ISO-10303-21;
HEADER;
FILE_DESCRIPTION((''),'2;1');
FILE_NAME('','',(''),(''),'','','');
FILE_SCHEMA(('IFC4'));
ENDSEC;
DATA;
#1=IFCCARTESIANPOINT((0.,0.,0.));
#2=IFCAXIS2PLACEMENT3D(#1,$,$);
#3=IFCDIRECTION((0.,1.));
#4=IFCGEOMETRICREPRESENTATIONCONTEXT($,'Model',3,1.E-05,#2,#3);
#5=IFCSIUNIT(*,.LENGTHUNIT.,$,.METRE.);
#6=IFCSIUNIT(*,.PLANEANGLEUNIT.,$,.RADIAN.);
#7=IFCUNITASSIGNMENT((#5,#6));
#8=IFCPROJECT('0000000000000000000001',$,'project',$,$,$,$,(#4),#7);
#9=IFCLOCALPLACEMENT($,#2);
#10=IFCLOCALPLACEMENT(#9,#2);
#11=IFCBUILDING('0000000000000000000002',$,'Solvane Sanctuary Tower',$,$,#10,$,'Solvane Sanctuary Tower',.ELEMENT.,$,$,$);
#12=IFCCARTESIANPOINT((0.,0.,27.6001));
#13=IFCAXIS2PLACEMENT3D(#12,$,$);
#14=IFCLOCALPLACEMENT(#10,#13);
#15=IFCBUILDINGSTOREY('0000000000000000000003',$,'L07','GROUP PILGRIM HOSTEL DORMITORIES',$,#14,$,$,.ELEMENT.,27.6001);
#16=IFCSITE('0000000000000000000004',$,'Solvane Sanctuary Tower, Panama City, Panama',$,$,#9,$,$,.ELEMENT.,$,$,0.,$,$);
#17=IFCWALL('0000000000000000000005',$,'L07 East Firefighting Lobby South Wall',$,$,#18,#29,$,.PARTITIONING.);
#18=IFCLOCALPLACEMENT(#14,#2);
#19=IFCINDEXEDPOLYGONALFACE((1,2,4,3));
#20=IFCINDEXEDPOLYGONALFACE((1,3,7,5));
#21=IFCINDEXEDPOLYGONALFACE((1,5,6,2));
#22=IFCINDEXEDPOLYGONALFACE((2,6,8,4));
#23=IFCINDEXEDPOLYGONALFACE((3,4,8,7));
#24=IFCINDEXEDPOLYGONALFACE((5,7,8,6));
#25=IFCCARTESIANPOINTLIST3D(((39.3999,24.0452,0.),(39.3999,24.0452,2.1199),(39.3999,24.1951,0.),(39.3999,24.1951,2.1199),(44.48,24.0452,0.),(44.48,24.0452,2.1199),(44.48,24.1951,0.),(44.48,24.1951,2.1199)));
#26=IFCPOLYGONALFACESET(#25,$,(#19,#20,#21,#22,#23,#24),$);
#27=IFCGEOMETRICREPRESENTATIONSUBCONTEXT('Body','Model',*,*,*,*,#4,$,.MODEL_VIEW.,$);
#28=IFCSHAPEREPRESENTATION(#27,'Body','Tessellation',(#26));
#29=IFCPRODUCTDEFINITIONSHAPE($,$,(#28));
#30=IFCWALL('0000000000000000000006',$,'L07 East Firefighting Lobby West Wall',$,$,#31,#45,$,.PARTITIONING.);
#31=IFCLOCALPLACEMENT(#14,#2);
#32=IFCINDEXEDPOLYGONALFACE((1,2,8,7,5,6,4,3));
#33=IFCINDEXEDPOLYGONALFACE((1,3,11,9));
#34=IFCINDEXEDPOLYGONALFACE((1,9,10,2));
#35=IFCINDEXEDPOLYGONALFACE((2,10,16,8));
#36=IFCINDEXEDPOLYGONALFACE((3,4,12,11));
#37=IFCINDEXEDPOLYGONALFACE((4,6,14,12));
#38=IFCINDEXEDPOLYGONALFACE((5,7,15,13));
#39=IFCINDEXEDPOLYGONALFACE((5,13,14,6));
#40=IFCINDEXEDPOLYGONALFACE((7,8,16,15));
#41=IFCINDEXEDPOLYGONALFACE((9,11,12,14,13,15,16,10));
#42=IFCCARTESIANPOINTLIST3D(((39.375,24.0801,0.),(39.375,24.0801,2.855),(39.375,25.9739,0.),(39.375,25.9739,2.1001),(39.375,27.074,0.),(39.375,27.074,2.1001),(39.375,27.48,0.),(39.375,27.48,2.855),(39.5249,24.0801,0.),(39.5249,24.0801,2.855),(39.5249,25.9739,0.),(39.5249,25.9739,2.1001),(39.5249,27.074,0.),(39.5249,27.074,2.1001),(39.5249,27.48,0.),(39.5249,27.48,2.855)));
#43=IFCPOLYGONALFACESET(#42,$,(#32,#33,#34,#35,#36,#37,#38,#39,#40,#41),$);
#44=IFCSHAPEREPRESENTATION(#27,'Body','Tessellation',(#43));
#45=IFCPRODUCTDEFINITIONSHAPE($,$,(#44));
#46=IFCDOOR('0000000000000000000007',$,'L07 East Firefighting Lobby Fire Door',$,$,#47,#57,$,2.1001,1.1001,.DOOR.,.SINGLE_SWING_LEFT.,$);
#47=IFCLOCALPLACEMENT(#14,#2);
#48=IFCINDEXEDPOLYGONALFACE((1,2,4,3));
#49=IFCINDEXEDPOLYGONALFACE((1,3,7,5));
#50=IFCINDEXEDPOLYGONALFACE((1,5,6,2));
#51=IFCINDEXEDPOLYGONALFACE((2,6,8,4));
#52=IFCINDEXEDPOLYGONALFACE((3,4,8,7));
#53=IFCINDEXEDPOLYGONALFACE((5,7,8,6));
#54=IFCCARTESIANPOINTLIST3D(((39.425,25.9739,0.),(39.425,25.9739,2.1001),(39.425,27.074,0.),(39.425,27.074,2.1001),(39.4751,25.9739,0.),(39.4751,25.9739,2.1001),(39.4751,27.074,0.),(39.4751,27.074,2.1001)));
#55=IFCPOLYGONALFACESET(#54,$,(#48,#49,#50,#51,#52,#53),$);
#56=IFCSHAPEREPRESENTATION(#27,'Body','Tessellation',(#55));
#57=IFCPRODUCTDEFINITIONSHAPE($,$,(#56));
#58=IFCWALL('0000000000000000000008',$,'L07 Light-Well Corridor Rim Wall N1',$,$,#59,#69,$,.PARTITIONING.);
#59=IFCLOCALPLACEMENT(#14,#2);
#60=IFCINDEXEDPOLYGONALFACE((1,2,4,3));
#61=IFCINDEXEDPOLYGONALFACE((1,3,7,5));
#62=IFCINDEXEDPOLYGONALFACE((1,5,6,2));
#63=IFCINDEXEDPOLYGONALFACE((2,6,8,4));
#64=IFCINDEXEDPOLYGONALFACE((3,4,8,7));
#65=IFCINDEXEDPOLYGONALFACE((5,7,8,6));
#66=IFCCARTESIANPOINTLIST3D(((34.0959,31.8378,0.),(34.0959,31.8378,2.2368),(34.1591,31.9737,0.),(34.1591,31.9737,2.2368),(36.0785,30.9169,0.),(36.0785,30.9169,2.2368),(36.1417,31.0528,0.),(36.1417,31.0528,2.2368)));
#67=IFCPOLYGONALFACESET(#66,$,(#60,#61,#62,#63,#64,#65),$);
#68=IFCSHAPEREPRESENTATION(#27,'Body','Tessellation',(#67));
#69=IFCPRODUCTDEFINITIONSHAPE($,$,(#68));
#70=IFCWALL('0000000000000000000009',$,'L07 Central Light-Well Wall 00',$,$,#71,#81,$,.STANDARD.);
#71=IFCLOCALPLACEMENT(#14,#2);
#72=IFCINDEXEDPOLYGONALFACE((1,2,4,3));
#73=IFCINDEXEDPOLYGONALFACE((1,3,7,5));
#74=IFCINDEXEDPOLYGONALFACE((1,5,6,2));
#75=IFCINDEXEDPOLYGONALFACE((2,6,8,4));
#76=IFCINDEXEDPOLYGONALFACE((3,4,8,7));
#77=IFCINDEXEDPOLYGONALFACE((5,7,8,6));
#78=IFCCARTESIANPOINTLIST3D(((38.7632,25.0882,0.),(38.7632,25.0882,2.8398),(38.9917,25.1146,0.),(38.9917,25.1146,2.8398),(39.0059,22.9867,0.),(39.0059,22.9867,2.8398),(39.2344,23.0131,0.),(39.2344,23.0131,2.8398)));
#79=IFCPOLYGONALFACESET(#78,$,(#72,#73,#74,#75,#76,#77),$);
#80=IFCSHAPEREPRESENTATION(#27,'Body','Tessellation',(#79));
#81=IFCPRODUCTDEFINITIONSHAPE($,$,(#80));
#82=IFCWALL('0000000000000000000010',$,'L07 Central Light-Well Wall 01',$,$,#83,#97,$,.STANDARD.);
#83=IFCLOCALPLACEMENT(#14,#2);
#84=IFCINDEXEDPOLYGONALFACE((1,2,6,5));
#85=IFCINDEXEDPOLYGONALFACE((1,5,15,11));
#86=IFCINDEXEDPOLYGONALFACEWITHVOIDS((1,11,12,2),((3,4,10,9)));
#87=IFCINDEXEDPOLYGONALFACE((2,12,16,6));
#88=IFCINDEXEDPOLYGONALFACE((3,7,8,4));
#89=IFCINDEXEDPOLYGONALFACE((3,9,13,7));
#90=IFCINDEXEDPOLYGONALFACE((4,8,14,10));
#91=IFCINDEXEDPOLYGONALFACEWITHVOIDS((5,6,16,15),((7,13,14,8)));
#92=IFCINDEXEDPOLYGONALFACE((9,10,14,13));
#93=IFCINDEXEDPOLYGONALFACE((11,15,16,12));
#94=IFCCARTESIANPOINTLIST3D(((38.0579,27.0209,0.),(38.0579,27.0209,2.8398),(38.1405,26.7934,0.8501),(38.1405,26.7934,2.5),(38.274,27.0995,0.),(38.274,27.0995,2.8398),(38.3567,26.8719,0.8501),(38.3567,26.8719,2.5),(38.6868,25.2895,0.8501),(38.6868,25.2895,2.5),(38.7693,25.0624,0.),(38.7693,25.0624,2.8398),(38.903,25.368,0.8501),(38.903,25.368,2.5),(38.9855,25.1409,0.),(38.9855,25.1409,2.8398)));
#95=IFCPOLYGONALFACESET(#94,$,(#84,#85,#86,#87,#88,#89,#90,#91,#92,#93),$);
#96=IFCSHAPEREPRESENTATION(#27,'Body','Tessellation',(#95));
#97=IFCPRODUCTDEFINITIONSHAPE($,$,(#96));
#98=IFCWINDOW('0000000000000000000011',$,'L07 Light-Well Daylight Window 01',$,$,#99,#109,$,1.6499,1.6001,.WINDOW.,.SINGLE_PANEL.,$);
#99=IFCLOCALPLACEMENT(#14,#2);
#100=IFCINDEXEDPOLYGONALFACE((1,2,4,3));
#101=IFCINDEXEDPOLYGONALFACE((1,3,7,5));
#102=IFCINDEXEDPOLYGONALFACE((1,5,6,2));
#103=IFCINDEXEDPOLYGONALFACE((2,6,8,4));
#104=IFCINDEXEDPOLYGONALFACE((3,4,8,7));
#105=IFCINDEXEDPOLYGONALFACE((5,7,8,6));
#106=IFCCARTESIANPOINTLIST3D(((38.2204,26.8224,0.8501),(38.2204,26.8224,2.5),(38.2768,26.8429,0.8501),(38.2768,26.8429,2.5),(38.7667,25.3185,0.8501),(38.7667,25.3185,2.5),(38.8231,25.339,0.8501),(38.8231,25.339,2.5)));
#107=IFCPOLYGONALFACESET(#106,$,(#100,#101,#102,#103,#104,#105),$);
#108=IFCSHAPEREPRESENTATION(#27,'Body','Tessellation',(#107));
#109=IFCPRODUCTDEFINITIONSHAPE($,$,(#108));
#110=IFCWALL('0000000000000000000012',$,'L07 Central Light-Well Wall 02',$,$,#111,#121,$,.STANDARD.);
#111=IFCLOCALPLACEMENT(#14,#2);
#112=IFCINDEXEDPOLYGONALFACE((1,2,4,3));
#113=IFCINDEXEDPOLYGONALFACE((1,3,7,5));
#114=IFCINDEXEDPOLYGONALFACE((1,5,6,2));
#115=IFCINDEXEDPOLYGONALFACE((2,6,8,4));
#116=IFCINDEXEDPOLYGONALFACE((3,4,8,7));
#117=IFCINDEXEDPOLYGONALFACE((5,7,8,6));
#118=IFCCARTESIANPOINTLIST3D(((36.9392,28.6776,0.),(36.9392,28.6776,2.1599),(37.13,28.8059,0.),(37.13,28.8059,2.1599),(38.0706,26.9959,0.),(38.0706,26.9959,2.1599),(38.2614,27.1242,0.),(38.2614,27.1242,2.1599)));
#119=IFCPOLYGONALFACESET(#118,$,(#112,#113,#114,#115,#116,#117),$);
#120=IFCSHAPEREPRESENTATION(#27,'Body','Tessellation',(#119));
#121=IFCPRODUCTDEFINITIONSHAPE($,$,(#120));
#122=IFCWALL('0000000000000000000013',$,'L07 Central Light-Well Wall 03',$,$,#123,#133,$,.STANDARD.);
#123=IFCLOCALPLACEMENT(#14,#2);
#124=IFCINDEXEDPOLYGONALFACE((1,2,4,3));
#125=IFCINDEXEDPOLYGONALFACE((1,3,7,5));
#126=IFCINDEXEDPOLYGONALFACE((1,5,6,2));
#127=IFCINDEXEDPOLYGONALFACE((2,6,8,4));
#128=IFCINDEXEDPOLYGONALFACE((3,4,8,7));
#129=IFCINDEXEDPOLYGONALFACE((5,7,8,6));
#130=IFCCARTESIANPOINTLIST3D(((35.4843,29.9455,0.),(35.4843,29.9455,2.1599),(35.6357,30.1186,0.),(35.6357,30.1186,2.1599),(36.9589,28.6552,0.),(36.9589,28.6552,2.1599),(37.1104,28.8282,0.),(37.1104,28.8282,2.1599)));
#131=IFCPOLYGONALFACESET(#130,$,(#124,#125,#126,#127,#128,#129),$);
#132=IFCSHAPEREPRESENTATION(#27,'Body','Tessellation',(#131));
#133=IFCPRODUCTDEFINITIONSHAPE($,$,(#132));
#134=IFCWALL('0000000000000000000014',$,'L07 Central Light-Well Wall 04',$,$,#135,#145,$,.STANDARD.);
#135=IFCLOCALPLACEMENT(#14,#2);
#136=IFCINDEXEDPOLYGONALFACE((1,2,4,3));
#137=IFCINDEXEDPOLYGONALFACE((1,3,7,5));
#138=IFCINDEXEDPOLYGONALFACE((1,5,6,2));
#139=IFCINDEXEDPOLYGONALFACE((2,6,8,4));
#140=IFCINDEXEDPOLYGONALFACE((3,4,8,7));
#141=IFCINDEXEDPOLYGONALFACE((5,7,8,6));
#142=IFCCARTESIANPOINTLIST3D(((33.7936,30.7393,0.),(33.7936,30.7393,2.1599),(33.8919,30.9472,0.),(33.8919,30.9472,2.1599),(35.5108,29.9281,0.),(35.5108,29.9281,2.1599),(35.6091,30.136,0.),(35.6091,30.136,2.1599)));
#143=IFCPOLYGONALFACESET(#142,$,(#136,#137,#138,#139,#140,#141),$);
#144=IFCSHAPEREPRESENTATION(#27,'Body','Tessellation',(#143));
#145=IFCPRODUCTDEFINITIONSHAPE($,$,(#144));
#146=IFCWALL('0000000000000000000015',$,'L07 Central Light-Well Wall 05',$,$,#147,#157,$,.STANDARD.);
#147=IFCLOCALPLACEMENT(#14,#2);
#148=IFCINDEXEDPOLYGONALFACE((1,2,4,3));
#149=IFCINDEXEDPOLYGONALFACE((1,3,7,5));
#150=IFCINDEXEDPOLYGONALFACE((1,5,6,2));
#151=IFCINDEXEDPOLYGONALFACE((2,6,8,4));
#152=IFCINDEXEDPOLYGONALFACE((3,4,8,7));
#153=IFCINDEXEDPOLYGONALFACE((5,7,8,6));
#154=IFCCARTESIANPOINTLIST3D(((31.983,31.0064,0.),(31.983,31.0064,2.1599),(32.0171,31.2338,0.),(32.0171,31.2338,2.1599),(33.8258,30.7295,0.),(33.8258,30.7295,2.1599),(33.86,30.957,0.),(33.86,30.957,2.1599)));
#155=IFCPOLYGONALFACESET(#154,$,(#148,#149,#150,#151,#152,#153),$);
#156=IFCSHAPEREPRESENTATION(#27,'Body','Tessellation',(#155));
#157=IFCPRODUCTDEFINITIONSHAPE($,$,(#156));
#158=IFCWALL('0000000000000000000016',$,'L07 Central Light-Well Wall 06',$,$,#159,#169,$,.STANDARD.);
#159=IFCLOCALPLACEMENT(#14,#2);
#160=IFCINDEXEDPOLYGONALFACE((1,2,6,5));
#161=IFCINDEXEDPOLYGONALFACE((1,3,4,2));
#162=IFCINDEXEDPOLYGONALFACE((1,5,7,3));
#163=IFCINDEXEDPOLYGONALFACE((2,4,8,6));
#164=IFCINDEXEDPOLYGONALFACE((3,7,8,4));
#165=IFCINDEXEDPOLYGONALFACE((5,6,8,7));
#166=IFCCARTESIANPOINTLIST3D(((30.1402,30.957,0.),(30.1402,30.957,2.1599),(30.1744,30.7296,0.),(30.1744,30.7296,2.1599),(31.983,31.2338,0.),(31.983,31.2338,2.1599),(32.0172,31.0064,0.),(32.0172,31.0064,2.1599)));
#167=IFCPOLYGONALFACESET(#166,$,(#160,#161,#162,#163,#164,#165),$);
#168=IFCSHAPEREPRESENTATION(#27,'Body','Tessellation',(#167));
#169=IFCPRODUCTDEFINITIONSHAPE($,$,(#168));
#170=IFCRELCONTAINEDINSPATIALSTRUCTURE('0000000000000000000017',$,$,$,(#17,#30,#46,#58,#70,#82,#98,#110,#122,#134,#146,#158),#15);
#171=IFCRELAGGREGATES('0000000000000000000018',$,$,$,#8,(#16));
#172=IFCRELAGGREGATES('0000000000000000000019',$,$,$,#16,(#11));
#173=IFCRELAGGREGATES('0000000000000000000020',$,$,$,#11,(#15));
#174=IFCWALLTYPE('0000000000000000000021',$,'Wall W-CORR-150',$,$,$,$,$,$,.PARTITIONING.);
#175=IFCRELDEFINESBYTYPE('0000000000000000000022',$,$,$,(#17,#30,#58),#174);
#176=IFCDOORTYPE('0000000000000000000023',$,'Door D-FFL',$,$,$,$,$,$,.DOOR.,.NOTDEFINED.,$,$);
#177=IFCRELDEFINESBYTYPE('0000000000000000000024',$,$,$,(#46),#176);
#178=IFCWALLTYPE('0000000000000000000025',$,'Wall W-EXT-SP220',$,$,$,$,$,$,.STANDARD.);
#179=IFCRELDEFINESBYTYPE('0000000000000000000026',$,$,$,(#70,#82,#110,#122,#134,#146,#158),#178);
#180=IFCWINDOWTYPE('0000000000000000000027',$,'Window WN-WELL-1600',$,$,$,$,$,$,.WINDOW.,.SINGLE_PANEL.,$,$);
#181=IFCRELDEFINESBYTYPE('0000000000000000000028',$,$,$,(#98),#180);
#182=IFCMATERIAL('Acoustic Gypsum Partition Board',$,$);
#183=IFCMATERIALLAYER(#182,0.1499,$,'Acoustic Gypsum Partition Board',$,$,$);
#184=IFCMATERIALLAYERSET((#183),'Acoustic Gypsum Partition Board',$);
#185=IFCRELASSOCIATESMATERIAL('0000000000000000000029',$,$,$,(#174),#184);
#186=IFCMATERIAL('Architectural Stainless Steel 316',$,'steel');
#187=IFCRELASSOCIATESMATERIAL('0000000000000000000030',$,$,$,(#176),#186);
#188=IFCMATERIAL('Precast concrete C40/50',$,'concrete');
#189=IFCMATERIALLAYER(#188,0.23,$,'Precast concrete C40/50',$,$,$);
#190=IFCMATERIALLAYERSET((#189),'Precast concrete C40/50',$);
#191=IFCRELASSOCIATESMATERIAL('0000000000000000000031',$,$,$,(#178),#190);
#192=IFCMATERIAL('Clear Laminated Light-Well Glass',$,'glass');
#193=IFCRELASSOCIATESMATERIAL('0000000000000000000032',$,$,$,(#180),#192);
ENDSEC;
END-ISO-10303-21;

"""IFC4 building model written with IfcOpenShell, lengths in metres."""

from ifc_helpers import new_model, si_unit, direction, frame, frame_2d, origin, place, context, subcontext, project, spatial, rectangle, extrude, material, layer, layer_set, type_object, element, fill, save


model = new_model("IFC4")

# Units and contexts
model_context = context("Model", 3, precision=1e-05, world=origin(), true_north=direction((0.0, 1.0)))
body_context = subcontext(model_context, "Body", "Model", "MODEL_VIEW")
ifc_project = project(units=[si_unit("LENGTHUNIT", "METRE"), si_unit("PLANEANGLEUNIT", "RADIAN")], contexts=[model_context])

# Site, building, storey
site_placement = place(None, origin())
site = spatial("IfcSite", under=ifc_project, at=site_placement, Name="Solvane Sanctuary Tower, Panama City, Panama", CompositionType="ELEMENT", RefElevation=0.0)
building_placement = place(site_placement, origin())
building = spatial("IfcBuilding", under=site, at=building_placement, Name="Solvane Sanctuary Tower", LongName="Solvane Sanctuary Tower", CompositionType="ELEMENT")
storey_placement = place(building_placement, frame((0.0, 0.0, 27.6001)))
storey = spatial("IfcBuildingStorey", under=building, at=storey_placement, Name="L07", Description="GROUP PILGRIM HOSTEL DORMITORIES", CompositionType="ELEMENT", Elevation=27.6001)

# Wall
ifc_material_1 = material(Name="Acoustic Gypsum Partition Board")
ifc_layer_1 = layer(ifc_material_1, 0.1499, Name="Acoustic Gypsum Partition Board")
ifc_layer_set_1 = layer_set([ifc_layer_1], Name="Acoustic Gypsum Partition Board")
wall_type_1 = type_object("IfcWallType", Name="Wall W-CORR-150", PredefinedType="PARTITIONING", material=ifc_layer_set_1)
wall_1_placement = place(storey_placement, frame((39.3999, 24.1201, 0.0), z_axis=(0.0, 0.0, 1.0), x_axis=(1.0, 0.0, 0.0)))
element("IfcWall", 1, at=wall_1_placement, inside=storey, type_object=wall_type_1, Name="L07 East Firefighting Lobby South Wall", PredefinedType="PARTITIONING", context=body_context, shape_type="SweptSolid", body=[
    extrude(rectangle(XDim=5.0801, YDim=0.1499, at=frame_2d((2.54, 0.0))), origin(), (0.0, 0.0, 1.0), 2.1199),
])

# Wall, opening, door
wall_2_placement = place(storey_placement, frame((39.45, 24.0801, 0.0), z_axis=(0.0, 0.0, 1.0), x_axis=(0.0, 1.0, 0.0)))
wall_2 = element("IfcWall", 2, at=wall_2_placement, inside=storey, type_object=wall_type_1, Name="L07 East Firefighting Lobby West Wall", PredefinedType="PARTITIONING", context=body_context, shape_type="SweptSolid", body=[
    extrude(rectangle(XDim=3.3999, YDim=0.1499, at=frame_2d((1.7, 0.0))), origin(), (0.0, 0.0, 1.0), 2.855),
])
opening_1_placement = place(wall_2_placement, frame((1.8938, 0.0, 0.0)))
opening_1 = element("IfcOpeningElement", 3, at=opening_1_placement, cuts=wall_2, PredefinedType="OPENING", context=body_context, shape_type="SweptSolid", body=[
    extrude(rectangle(XDim=1.1001, YDim=2.1001, at=frame_2d((0.55, 1.05))), frame((0.0, 0.085, 0.0), z_axis=(0.0, -1.0, 0.0), x_axis=(1.0, 0.0, 0.0)), (0.0, 0.0, 1.0), 0.1699),
])
ifc_material_2 = material(Name="Architectural Stainless Steel 316", Category="steel")
door_type = type_object("IfcDoorType", Name="Door D-FFL", OperationType="NOTDEFINED", PredefinedType="DOOR", material=ifc_material_2)
door_placement = place(opening_1_placement, origin())
door = element("IfcDoor", 4, at=door_placement, inside=storey, type_object=door_type, Name="L07 East Firefighting Lobby Fire Door", OperationType="SINGLE_SWING_LEFT", OverallHeight=2.1001, OverallWidth=1.1001, PredefinedType="DOOR", context=body_context, shape_type="SweptSolid", body=[
    extrude(rectangle(XDim=1.1001, YDim=2.1001, at=frame_2d((0.55, 1.05))), frame((0.0, 0.0249, 0.0), z_axis=(0.0, -1.0, 0.0), x_axis=(1.0, 0.0, 0.0)), (0.0, 0.0, 1.0), 0.05),
])
fill(opening_1, door)

# Walls
wall_3_placement = place(storey_placement, frame((36.1101, 30.9849, 0.0), z_axis=(0.0, 0.0, 1.0), x_axis=(-0.906943, 0.421252, 0.0)))
element("IfcWall", 5, at=wall_3_placement, inside=storey, type_object=wall_type_1, Name="L07 Light-Well Corridor Rim Wall N1", PredefinedType="PARTITIONING", context=body_context, shape_type="SweptSolid", body=[
    extrude(rectangle(XDim=2.186, YDim=0.1499, at=frame_2d((1.093, 0.0))), origin(), (0.0, 0.0, 1.0), 2.2368),
])
ifc_material_3 = material(Name="Precast concrete C40/50", Category="concrete")
ifc_layer_2 = layer(ifc_material_3, 0.23, Name="Precast concrete C40/50")
ifc_layer_set_2 = layer_set([ifc_layer_2], Name="Precast concrete C40/50")
wall_type_2 = type_object("IfcWallType", Name="Wall W-EXT-SP220", PredefinedType="STANDARD", material=ifc_layer_set_2)
wall_4_placement = place(storey_placement, frame((39.1201, 23.0, 0.0), z_axis=(0.0, 0.0, 1.0), x_axis=(-0.114712, 0.993399, 0.0)))
element("IfcWall", 6, at=wall_4_placement, inside=storey, type_object=wall_type_2, Name="L07 Central Light-Well Wall 00", PredefinedType="STANDARD", context=body_context, shape_type="SweptSolid", body=[
    extrude(rectangle(XDim=2.1155, YDim=0.23, at=frame_2d((1.0576, 0.0))), origin(), (0.0, 0.0, 1.0), 2.8398),
])

# Wall, opening, window
wall_5_placement = place(storey_placement, frame((38.8774, 25.1016, 0.0), z_axis=(0.0, 0.0, 1.0), x_axis=(-0.341423, 0.93991, 0.0)))
wall_5 = element("IfcWall", 7, at=wall_5_placement, inside=storey, type_object=wall_type_2, Name="L07 Central Light-Well Wall 01", PredefinedType="STANDARD", context=body_context, shape_type="SweptSolid", body=[
    extrude(rectangle(XDim=2.0837, YDim=0.23, at=frame_2d((1.042, 0.0))), origin(), (0.0, 0.0, 1.0), 2.8398),
])
opening_2_placement = place(wall_5_placement, frame((0.2417, 0.0, 0.8501)))
opening_2 = element("IfcOpeningElement", 8, at=opening_2_placement, cuts=wall_5, PredefinedType="OPENING", context=body_context, shape_type="SweptSolid", body=[
    extrude(rectangle(XDim=1.6001, YDim=1.6499, at=frame_2d((0.8, 0.825))), frame((0.0, 0.125, 0.0), z_axis=(0.0, -1.0, 0.0), x_axis=(1.0, 0.0, 0.0)), (0.0, 0.0, 1.0), 0.25),
])
ifc_material_4 = material(Name="Clear Laminated Light-Well Glass", Category="glass")
window_type = type_object("IfcWindowType", Name="Window WN-WELL-1600", PartitioningType="SINGLE_PANEL", PredefinedType="WINDOW", material=ifc_material_4)
window_placement = place(opening_2_placement, origin())
window = element("IfcWindow", 9, at=window_placement, inside=storey, type_object=window_type, Name="L07 Light-Well Daylight Window 01", OverallHeight=1.6499, OverallWidth=1.6001, PartitioningType="SINGLE_PANEL", PredefinedType="WINDOW", context=body_context, shape_type="SweptSolid", body=[
    extrude(rectangle(XDim=1.6001, YDim=1.6499, at=frame_2d((0.8, 0.825))), frame((0.0, 0.03, 0.0), z_axis=(0.0, -1.0, 0.0), x_axis=(1.0, 0.0, 0.0)), (0.0, 0.0, 1.0), 0.0601),
])
fill(opening_2, window)

# Walls
wall_6_placement = place(storey_placement, frame((38.166, 27.0601, 0.0), z_axis=(0.0, 0.0, 1.0), x_axis=(-0.558198, 0.829708, 0.0)))
element("IfcWall", 10, at=wall_6_placement, inside=storey, type_object=wall_type_2, Name="L07 Central Light-Well Wall 02", PredefinedType="STANDARD", context=body_context, shape_type="SweptSolid", body=[
    extrude(rectangle(XDim=2.0269, YDim=0.23, at=frame_2d((1.0134, 0.0))), origin(), (0.0, 0.0, 1.0), 2.1599),
])
wall_7_placement = place(storey_placement, frame((37.0347, 28.7417, 0.0), z_axis=(0.0, 0.0, 1.0), x_axis=(-0.752577, 0.658505, 0.0)))
element("IfcWall", 11, at=wall_7_placement, inside=storey, type_object=wall_type_2, Name="L07 Central Light-Well Wall 03", PredefinedType="STANDARD", context=body_context, shape_type="SweptSolid", body=[
    extrude(rectangle(XDim=1.9595, YDim=0.23, at=frame_2d((0.9797, 0.0))), origin(), (0.0, 0.0, 1.0), 2.1599),
])
wall_8_placement = place(storey_placement, frame((35.5601, 30.032, 0.0), z_axis=(0.0, 0.0, 1.0), x_axis=(-0.90418, 0.427152, 0.0)))
element("IfcWall", 12, at=wall_8_placement, inside=storey, type_object=wall_type_2, Name="L07 Central Light-Well Wall 04", PredefinedType="STANDARD", context=body_context, shape_type="SweptSolid", body=[
    extrude(rectangle(XDim=1.8992, YDim=0.23, at=frame_2d((0.9497, 0.0))), origin(), (0.0, 0.0, 1.0), 2.1599),
])
for number, where, z_axis, x_axis, name in (
    (13, (33.8428, 30.8433, 0.0), (0.0, 0.0, 1.0), (-0.988902, 0.148571, 0.0), "L07 Central Light-Well Wall 05"),
    (14, (32.0, 31.1201, 0.0), (0.0, 0.0, 1.0), (-0.988902, -0.148571, 0.0), "L07 Central Light-Well Wall 06"),
):
    element("IfcWall", number, at=place(storey_placement, frame(where, z_axis=z_axis, x_axis=x_axis)), inside=storey, type_object=wall_type_2, Name=name, PredefinedType="STANDARD", context=body_context, shape_type="SweptSolid", body=[
        extrude(rectangle(XDim=1.8635, YDim=0.23, at=frame_2d((0.9316, 0.0))), origin(), (0.0, 0.0, 1.0), 2.1599),
    ])

save(model, "model.ifc")
